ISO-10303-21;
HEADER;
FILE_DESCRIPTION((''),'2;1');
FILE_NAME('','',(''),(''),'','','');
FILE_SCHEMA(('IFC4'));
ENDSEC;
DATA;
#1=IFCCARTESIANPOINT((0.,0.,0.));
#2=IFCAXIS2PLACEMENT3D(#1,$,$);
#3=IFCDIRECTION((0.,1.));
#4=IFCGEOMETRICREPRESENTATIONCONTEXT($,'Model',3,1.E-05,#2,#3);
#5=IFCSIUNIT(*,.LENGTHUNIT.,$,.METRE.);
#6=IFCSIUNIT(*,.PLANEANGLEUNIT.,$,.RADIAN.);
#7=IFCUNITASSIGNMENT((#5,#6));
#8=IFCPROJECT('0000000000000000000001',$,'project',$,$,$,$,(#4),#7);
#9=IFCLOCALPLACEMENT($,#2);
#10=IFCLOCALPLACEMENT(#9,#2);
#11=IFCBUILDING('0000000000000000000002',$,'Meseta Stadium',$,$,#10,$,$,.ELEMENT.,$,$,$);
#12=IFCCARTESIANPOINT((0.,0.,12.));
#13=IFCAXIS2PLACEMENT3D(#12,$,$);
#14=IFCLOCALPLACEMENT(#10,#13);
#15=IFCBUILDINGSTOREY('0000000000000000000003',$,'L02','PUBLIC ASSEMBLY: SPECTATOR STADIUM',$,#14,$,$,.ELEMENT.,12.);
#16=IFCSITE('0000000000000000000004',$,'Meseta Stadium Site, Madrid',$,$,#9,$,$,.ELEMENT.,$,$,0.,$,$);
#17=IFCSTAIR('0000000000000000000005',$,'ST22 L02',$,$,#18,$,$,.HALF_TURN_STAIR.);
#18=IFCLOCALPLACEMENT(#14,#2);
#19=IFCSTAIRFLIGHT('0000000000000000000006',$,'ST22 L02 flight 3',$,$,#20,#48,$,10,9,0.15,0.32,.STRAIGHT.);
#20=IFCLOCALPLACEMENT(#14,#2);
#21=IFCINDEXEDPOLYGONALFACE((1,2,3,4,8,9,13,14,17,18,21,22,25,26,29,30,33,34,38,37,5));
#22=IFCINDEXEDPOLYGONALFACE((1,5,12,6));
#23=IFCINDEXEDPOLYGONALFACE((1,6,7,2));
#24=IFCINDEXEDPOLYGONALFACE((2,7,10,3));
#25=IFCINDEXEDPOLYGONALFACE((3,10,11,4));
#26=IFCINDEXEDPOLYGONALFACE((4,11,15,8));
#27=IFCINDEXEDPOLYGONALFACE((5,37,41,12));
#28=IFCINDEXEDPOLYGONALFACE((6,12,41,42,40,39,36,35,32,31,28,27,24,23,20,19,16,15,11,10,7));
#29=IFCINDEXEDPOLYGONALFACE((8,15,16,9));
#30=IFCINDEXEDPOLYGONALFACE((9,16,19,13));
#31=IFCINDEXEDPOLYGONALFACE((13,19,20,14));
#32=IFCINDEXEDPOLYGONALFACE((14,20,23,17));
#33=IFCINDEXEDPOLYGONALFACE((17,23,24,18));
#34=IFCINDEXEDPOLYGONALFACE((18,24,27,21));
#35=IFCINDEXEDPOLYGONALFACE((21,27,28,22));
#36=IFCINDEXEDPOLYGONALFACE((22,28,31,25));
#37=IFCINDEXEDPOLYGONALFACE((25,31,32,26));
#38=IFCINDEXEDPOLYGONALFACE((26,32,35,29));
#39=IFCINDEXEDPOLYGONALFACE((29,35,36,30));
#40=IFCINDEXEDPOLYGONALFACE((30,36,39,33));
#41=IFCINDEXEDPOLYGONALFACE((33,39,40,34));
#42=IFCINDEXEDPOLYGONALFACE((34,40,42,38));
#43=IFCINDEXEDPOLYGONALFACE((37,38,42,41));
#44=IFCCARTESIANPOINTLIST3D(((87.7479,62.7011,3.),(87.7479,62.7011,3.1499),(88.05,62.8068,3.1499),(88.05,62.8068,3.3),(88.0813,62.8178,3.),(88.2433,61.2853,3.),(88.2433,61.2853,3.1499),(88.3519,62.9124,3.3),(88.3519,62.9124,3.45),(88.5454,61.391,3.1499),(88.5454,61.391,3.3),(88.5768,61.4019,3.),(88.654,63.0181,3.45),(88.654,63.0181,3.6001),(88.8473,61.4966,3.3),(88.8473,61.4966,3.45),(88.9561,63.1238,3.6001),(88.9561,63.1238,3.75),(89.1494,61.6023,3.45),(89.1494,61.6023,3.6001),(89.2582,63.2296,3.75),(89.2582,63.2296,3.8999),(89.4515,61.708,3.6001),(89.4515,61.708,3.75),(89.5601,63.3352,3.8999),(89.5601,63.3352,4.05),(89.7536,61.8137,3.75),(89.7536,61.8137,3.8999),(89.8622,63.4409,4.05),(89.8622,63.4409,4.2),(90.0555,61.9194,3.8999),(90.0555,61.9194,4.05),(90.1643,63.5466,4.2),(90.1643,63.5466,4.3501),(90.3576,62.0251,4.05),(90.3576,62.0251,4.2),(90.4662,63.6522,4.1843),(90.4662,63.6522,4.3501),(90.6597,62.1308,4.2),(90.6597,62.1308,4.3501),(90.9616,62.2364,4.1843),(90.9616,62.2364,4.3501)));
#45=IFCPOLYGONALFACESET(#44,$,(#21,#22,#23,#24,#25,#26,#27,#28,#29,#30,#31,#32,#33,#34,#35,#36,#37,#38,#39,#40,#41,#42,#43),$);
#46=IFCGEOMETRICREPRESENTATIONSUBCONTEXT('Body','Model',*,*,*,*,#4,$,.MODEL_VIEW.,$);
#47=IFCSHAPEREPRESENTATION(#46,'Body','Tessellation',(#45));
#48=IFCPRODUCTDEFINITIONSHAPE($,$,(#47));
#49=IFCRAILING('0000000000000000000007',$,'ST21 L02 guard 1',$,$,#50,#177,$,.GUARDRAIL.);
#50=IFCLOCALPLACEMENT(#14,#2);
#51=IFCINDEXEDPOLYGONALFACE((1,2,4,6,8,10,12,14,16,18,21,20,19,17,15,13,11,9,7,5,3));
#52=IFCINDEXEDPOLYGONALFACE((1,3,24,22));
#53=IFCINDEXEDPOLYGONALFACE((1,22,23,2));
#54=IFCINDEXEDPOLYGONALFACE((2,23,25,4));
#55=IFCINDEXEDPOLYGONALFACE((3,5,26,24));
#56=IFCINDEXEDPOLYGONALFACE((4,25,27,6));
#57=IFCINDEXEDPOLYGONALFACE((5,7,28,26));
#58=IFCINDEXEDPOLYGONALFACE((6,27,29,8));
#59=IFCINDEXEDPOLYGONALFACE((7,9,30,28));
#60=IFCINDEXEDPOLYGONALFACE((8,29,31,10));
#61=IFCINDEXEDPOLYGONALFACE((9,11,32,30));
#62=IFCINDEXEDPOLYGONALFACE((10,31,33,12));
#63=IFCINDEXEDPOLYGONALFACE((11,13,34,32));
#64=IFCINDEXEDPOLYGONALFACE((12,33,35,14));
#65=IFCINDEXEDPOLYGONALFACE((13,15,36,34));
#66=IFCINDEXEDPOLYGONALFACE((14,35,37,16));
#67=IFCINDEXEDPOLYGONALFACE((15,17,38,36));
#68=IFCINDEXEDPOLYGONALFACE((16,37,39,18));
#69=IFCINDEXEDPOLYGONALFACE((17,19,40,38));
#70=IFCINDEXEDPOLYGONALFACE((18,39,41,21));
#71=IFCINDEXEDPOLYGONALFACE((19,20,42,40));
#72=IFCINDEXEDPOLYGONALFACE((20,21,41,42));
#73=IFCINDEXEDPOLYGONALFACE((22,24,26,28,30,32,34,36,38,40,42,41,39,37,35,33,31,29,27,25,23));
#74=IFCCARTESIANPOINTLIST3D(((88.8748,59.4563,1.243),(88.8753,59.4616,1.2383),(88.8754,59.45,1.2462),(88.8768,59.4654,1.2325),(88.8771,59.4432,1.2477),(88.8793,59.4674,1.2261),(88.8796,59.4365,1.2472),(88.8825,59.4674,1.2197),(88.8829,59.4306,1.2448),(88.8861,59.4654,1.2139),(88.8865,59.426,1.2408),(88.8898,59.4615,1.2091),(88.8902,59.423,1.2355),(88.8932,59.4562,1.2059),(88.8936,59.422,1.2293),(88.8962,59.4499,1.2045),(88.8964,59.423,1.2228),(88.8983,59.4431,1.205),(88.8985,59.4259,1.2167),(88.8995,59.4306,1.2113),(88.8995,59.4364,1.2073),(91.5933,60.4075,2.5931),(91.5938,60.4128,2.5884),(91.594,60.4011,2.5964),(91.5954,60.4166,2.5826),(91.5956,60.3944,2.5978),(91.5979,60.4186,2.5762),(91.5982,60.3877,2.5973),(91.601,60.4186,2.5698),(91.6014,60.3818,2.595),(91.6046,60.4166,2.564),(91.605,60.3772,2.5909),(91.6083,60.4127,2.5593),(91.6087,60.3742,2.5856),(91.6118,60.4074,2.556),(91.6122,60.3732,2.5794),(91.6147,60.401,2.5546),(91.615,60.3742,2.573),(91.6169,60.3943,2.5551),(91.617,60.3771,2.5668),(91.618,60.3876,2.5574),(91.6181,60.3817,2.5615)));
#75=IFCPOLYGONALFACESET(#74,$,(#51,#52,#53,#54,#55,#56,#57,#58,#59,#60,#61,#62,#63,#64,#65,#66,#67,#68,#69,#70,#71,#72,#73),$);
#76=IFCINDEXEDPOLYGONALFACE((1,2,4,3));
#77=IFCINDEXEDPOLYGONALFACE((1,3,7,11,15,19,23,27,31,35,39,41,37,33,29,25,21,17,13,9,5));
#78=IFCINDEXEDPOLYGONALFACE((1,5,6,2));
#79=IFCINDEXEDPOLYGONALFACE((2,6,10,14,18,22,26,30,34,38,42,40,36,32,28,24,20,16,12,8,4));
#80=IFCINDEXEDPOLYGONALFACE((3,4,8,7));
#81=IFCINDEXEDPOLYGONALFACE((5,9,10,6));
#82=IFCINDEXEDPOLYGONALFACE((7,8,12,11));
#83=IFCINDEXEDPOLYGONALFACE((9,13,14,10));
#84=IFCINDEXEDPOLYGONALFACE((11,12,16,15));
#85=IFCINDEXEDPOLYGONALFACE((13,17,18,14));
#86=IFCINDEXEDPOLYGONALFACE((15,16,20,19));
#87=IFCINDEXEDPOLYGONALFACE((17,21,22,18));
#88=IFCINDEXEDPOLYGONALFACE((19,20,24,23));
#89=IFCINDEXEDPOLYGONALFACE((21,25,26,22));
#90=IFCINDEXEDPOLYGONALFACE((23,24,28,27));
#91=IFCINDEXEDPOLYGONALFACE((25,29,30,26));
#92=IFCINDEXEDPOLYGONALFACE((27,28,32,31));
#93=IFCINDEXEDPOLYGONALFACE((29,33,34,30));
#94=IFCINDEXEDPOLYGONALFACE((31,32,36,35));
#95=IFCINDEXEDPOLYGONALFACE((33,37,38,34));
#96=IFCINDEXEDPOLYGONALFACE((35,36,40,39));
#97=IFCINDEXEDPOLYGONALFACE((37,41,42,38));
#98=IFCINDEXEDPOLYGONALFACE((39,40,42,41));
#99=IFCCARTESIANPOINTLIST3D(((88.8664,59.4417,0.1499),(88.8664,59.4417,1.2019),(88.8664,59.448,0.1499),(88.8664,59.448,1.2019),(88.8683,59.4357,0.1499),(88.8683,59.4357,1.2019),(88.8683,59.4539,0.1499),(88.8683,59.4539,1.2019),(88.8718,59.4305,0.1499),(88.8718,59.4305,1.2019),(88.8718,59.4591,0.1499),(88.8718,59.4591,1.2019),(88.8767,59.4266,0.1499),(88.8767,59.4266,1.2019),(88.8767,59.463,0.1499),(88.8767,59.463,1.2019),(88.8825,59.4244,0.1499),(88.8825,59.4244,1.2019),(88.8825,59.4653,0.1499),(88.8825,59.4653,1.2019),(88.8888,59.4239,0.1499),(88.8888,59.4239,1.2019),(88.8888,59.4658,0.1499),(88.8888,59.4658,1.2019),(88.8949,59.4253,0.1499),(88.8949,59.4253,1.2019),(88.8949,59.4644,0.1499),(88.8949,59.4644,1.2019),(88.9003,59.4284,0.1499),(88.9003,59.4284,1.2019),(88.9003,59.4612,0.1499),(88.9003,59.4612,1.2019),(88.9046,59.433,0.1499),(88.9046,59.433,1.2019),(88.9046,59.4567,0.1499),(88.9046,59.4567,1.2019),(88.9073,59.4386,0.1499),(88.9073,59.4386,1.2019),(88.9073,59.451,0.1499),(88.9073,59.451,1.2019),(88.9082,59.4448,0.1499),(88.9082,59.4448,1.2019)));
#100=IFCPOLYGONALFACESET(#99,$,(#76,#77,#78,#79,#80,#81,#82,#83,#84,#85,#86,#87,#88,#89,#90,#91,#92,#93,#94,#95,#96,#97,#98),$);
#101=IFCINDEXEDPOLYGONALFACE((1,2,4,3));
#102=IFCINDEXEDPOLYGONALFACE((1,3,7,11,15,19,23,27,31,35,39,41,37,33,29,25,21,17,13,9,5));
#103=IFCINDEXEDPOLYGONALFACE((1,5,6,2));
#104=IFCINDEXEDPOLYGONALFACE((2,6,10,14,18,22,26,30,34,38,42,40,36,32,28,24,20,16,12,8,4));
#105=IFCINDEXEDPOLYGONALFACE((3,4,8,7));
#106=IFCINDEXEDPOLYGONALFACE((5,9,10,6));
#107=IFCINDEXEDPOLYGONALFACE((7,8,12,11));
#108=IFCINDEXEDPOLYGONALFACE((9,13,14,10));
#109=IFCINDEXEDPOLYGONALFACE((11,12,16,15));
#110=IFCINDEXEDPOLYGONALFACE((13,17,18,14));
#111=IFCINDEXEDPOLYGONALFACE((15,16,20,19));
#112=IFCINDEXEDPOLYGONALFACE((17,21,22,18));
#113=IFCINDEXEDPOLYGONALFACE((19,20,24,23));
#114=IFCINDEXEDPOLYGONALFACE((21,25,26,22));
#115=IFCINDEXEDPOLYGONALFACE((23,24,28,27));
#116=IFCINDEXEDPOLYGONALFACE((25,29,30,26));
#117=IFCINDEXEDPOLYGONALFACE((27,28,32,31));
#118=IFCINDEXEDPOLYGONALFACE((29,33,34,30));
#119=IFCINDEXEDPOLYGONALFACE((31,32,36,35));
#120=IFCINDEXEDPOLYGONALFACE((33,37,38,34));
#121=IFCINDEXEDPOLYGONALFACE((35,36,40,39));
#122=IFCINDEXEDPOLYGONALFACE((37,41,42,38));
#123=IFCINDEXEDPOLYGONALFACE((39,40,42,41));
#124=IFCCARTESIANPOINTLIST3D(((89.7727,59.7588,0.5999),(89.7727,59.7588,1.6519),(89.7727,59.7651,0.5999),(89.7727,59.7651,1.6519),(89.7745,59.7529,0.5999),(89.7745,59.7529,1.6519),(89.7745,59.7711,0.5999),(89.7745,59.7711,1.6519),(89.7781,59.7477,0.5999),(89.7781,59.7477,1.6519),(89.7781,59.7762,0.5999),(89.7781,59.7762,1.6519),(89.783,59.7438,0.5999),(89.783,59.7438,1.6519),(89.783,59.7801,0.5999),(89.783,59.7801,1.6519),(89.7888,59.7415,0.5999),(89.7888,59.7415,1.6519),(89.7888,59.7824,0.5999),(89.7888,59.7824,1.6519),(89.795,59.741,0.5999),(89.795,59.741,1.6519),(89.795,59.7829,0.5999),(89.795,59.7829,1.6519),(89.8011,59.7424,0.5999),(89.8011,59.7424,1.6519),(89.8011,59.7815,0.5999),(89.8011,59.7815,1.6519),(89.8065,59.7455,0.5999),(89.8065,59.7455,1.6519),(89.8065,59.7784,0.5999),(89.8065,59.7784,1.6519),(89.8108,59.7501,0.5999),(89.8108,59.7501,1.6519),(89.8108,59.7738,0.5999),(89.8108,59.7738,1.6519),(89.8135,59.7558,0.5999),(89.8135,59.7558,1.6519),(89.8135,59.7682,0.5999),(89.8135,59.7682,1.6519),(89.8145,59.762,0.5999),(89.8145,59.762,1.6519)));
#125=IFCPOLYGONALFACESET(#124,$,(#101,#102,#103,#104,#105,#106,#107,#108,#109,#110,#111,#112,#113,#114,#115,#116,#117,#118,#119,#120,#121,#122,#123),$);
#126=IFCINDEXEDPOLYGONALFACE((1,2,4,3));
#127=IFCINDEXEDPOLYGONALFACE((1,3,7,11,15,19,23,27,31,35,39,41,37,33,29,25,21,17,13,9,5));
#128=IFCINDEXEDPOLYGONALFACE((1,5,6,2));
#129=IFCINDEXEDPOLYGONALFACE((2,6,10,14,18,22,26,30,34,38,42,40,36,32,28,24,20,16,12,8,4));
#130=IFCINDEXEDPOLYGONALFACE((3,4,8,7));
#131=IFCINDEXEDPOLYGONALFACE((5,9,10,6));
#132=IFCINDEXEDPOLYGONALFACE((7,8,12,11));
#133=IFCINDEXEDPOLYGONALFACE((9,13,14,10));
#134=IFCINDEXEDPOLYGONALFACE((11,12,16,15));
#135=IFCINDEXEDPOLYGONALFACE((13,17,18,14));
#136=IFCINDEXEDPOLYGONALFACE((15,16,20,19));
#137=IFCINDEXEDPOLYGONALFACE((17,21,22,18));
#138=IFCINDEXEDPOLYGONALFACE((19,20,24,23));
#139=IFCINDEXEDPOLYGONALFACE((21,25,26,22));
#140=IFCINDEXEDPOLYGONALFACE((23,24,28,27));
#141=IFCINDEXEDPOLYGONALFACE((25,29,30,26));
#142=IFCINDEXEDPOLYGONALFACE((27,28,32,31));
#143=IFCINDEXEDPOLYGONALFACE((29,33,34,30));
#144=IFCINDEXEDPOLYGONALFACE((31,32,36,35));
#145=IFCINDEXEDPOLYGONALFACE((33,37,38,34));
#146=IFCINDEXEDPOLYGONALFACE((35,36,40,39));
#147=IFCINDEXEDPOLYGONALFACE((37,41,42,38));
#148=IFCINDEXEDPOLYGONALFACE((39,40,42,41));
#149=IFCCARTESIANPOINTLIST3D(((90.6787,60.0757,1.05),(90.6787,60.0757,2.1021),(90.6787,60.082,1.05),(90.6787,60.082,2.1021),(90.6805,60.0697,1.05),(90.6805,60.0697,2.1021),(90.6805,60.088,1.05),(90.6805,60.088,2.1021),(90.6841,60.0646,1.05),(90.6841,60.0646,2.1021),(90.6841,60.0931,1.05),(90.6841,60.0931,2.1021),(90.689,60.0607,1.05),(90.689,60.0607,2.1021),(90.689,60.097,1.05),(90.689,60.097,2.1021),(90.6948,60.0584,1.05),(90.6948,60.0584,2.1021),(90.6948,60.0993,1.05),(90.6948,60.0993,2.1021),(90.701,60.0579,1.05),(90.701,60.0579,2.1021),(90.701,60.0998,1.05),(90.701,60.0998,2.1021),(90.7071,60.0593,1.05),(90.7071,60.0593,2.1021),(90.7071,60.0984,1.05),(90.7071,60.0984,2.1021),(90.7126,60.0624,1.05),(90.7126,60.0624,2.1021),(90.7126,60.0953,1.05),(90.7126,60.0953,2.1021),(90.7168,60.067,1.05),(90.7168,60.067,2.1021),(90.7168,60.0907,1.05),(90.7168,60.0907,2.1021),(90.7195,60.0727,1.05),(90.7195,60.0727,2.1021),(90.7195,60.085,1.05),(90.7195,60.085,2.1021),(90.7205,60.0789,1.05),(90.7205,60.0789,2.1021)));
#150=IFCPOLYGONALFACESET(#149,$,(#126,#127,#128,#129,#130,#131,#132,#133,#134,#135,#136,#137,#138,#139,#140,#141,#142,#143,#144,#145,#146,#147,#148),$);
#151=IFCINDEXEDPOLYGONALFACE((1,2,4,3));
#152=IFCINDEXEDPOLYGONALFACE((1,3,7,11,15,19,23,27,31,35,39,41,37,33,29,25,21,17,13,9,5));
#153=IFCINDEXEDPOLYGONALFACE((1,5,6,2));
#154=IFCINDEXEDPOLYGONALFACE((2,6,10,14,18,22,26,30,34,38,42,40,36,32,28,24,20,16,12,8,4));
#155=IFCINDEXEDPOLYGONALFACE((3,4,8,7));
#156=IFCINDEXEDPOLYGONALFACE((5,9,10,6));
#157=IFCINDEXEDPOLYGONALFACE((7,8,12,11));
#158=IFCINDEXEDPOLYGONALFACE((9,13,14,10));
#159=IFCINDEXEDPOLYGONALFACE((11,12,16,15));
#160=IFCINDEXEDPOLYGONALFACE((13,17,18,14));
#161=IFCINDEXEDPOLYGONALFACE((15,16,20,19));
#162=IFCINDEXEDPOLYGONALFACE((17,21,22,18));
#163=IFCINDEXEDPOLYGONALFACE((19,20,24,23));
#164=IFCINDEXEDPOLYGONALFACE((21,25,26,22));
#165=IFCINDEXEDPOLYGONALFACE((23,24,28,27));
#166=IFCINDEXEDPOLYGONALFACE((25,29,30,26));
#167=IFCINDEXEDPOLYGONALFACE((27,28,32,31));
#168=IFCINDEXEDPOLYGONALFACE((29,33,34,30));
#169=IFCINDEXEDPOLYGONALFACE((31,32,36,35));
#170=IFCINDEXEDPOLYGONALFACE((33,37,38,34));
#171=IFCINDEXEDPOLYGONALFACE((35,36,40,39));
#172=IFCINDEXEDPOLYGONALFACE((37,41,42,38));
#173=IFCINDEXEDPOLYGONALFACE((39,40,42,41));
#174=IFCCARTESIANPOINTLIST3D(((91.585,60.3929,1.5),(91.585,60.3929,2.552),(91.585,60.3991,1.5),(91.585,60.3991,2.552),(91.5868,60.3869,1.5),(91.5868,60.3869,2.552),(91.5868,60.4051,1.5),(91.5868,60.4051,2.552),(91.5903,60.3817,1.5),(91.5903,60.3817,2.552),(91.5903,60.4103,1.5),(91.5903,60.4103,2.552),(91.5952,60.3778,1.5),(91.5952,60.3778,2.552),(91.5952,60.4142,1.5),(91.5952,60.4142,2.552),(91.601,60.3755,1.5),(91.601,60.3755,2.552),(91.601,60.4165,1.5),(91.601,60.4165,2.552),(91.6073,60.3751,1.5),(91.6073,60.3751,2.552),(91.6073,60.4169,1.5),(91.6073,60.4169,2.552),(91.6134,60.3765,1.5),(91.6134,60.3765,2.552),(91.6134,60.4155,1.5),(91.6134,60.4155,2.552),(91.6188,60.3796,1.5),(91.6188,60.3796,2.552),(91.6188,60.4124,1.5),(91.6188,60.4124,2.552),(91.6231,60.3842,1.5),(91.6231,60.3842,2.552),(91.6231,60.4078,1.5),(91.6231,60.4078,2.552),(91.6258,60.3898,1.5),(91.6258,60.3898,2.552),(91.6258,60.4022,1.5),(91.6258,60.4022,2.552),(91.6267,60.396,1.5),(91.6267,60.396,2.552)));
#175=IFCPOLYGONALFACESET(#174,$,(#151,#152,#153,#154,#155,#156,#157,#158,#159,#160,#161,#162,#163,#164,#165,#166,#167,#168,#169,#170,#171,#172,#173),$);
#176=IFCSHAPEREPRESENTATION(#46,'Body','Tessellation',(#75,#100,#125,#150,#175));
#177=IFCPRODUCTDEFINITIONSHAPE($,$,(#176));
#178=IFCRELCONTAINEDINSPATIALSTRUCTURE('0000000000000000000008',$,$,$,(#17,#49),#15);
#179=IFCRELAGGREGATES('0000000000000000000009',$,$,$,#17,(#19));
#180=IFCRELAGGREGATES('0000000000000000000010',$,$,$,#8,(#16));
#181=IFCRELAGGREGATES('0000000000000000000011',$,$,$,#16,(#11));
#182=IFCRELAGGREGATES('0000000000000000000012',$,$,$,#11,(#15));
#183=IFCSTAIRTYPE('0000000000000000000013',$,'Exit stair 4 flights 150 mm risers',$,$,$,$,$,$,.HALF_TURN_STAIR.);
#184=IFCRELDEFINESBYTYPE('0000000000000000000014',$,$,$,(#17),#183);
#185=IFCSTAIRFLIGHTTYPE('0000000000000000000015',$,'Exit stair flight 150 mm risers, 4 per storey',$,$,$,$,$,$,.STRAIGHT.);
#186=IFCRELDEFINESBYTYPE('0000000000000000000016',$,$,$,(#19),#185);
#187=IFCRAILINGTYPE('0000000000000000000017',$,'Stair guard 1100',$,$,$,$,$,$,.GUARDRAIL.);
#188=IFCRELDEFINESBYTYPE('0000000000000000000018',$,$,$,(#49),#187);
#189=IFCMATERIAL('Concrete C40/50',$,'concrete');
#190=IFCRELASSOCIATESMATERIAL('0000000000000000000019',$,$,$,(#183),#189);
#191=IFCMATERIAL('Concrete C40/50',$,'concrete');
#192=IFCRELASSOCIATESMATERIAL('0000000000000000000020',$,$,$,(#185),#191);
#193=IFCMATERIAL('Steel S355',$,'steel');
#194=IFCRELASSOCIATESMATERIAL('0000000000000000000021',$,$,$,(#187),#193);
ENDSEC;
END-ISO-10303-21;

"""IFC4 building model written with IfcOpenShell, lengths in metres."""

from ifc_helpers import new_model, si_unit, direction, frame, origin, origin_2d, place, context, subcontext, project, spatial, polyline, circle, outline, extrude, material, type_object, element, aggregate, save


model = new_model("IFC4")

# Units and contexts
model_context = context("Model", 3, precision=1e-05, world=origin(), true_north=direction((0.0, 1.0)))
body_context = subcontext(model_context, "Body", "Model", "MODEL_VIEW")
ifc_project = project(units=[si_unit("LENGTHUNIT", "METRE"), si_unit("PLANEANGLEUNIT", "RADIAN")], contexts=[model_context])

# Site, building, storey
site_placement = place(None, origin())
site = spatial("IfcSite", under=ifc_project, at=site_placement, Name="Meseta Stadium Site, Madrid", CompositionType="ELEMENT", RefElevation=0.0)
building_placement = place(site_placement, origin())
building = spatial("IfcBuilding", under=site, at=building_placement, Name="Meseta Stadium", CompositionType="ELEMENT")
storey_placement = place(building_placement, frame((0.0, 0.0, 12.0)))
storey = spatial("IfcBuildingStorey", under=building, at=storey_placement, Name="L02", Description="PUBLIC ASSEMBLY: SPECTATOR STADIUM", CompositionType="ELEMENT", Elevation=12.0)

# Stair, stair flight
ifc_material_1 = material(Name="Concrete C40/50", Category="concrete")
stair_type = type_object("IfcStairType", Name="Exit stair 4 flights 150 mm risers", PredefinedType="HALF_TURN_STAIR", material=ifc_material_1)
ifc_material_2 = material(Name="Concrete C40/50", Category="concrete")
stair_flight_type = type_object("IfcStairFlightType", Name="Exit stair flight 150 mm risers, 4 per storey", PredefinedType="STRAIGHT", material=ifc_material_2)
stair_1_placement = place(storey_placement, origin())
stair_1 = element("IfcStair", 1, at=stair_1_placement, inside=storey, type_object=stair_type, Name="ST22 L02", PredefinedType="HALF_TURN_STAIR")
stair_flight_1_placement = place(storey_placement, frame((87.9956, 61.9932, 3.0), z_axis=(0.0, 0.0, 1.0), x_axis=(0.943883, 0.330279, 0.0)))
stair_flight_1 = element("IfcStairFlight", 2, at=stair_flight_1_placement, type_object=stair_flight_type, Name="ST22 L02 flight 3", NumberOfRisers=10, NumberOfTreads=9, PredefinedType="STRAIGHT", RiserHeight=0.15, TreadLength=0.32, context=body_context, shape_type="SweptSolid", body=[
    extrude(outline(polyline([(0.0, 0.0), (0.0, 0.1499), (0.3201, 0.1499), (0.3201, 0.3), (0.6399, 0.3), (0.6399, 0.45), (0.96, 0.45), (0.96, 0.6001), (1.28, 0.6001), (1.28, 0.75), (1.6001, 0.75), (1.6001, 0.8999), (1.9199, 0.8999), (1.9199, 1.05), (2.24, 1.05), (2.24, 1.2), (2.5601, 1.2), (2.5601, 1.3501), (2.8799, 1.3501), (2.8799, 1.1843), (0.3533, 0.0), (0.0, 0.0)])), frame((0.0, 0.75, 0.0), z_axis=(0.0, -1.0, 0.0), x_axis=(1.0, 0.0, 0.0)), (0.0, 0.0, 1.0), 1.5),
])
aggregate(stair_1, [stair_flight_1])

# Railing
ifc_material_3 = material(Name="Steel S355", Category="steel")
railing_type_1 = type_object("IfcRailingType", Name="Stair guard 1100", PredefinedType="GUARDRAIL", material=ifc_material_3)
railing_1_placement = place(storey_placement, frame((88.8872, 59.4448, 0.1499)))
element("IfcRailing", 3, at=railing_1_placement, inside=storey, type_object=railing_type_1, Name="ST21 L02 guard 1", PredefinedType="GUARDRAIL", context=body_context, shape_type="SweptSolid", body=[
    extrude(circle(Radius=0.0239, at=origin_2d()), frame((0.0, 0.0, 1.0762), z_axis=(0.854649, 0.299031, 0.424446), x_axis=(-0.330256, 0.943891, 0.0)), (0.0, 0.0, 1.0), 3.1809),
    extrude(circle(Radius=0.021, at=origin_2d()), origin(), (0.0, 0.0, 1.0), 1.052),
    extrude(circle(Radius=0.021, at=origin_2d()), frame((0.9062, 0.3171, 0.45)), (0.0, 0.0, 1.0), 1.052),
    extrude(circle(Radius=0.021, at=origin_2d()), frame((1.8123, 0.634, 0.9001)), (0.0, 0.0, 1.0), 1.052),
    extrude(circle(Radius=0.021, at=origin_2d()), frame((2.7185, 0.9512, 1.3501)), (0.0, 0.0, 1.0), 1.052),
])

save(model, "model.ifc")
